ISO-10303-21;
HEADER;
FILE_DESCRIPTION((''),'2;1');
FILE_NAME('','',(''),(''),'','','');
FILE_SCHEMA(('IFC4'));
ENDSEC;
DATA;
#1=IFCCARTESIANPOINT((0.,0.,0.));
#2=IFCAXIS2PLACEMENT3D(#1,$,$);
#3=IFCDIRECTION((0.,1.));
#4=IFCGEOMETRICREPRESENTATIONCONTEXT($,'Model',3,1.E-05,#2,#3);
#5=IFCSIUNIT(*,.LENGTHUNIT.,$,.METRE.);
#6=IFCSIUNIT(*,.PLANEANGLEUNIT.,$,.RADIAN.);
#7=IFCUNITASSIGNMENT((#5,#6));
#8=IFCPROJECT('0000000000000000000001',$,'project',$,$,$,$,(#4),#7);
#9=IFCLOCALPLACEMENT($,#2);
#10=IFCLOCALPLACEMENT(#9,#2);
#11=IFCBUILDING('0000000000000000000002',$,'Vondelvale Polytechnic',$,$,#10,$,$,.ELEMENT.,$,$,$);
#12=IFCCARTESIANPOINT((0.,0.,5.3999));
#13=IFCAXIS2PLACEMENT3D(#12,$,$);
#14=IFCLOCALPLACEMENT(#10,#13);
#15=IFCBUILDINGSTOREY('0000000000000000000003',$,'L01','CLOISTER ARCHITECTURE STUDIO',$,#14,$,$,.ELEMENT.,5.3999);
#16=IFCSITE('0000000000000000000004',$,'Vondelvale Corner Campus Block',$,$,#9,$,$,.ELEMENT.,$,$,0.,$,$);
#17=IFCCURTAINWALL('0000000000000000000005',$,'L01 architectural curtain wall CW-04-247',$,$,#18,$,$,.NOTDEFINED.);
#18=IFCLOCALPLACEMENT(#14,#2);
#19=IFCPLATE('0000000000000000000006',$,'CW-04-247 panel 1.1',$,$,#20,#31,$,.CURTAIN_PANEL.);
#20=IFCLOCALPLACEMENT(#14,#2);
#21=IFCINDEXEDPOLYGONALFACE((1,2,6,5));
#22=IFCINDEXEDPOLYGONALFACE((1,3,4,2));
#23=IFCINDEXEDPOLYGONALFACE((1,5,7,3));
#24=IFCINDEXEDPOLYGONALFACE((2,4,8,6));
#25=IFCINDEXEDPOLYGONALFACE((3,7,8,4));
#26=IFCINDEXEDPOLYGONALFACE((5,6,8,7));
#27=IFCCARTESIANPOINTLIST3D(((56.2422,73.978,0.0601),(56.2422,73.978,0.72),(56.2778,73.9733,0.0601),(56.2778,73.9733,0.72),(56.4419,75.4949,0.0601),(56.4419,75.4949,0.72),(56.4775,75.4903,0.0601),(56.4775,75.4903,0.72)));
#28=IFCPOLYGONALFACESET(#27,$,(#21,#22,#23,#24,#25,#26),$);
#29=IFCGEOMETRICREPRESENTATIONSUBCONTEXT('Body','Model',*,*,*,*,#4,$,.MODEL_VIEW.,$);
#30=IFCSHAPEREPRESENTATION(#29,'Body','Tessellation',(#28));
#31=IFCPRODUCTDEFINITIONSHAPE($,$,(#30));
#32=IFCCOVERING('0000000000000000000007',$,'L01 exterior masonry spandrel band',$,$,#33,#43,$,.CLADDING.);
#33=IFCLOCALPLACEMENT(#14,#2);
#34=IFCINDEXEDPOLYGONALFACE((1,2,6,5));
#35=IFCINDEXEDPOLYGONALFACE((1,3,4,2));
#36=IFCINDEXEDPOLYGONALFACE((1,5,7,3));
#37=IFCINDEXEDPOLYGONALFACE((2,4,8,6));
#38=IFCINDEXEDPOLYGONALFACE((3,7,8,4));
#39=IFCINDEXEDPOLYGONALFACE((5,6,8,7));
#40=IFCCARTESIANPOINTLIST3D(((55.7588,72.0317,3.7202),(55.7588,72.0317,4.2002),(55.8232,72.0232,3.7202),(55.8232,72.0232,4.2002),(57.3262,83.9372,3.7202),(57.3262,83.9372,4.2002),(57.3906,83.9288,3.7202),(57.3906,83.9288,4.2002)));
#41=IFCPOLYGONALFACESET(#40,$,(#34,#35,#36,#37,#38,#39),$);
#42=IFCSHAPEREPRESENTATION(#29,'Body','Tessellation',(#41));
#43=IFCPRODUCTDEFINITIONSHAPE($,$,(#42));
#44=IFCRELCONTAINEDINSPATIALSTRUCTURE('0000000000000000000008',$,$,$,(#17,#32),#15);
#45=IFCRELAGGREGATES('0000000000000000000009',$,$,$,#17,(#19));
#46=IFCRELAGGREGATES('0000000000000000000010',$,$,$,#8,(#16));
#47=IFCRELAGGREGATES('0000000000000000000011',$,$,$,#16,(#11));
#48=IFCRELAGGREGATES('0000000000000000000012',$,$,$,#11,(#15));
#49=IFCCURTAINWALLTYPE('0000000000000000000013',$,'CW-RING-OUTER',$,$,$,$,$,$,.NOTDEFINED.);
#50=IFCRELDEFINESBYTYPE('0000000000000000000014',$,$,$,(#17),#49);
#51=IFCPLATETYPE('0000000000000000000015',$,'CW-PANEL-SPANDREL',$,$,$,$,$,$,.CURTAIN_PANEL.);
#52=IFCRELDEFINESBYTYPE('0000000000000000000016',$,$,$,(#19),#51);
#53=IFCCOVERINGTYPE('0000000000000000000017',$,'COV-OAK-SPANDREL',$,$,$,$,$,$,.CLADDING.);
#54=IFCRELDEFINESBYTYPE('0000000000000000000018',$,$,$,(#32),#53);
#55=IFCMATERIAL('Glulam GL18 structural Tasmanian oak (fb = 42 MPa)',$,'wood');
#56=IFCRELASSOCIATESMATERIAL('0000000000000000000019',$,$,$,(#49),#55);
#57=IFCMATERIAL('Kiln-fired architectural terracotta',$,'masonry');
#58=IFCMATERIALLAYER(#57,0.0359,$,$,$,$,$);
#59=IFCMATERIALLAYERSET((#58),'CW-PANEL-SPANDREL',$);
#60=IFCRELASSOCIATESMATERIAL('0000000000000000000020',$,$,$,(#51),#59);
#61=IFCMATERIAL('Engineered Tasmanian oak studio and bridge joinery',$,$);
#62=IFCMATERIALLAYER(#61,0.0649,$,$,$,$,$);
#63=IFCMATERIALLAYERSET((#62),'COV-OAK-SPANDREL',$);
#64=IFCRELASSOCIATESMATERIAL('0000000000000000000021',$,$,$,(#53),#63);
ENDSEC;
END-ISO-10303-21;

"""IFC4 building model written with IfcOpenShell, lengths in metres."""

from ifc_helpers import new_model, si_unit, direction, frame, origin, origin_2d, place, context, subcontext, project, spatial, rectangle, extrude, material, layer, layer_set, type_object, element, aggregate, save


model = new_model("IFC4")

# Units and contexts
model_context = context("Model", 3, precision=1e-05, world=origin(), true_north=direction((0.0, 1.0)))
body_context = subcontext(model_context, "Body", "Model", "MODEL_VIEW")
ifc_project = project(units=[si_unit("LENGTHUNIT", "METRE"), si_unit("PLANEANGLEUNIT", "RADIAN")], contexts=[model_context])

# Site, building, storey
site_placement = place(None, origin())
site = spatial("IfcSite", under=ifc_project, at=site_placement, Name="Vondelvale Corner Campus Block", CompositionType="ELEMENT", RefElevation=0.0)
building_placement = place(site_placement, origin())
building = spatial("IfcBuilding", under=site, at=building_placement, Name="Vondelvale Polytechnic", CompositionType="ELEMENT")
storey_placement = place(building_placement, frame((0.0, 0.0, 5.3999)))
storey = spatial("IfcBuildingStorey", under=building, at=storey_placement, Name="L01", Description="CLOISTER ARCHITECTURE STUDIO", CompositionType="ELEMENT", Elevation=5.3999)

# Shared definitions
ifc_material_1 = material(Name="Glulam GL18 structural Tasmanian oak (fb = 42 MPa)", Category="wood")

# Shared definitions
curtain_wall_type = type_object("IfcCurtainWallType", Name="CW-RING-OUTER", PredefinedType="NOTDEFINED", material=ifc_material_1)

# Curtain wall
curtain_wall_1_placement = place(storey_placement, origin())
curtain_wall_1 = element("IfcCurtainWall", 1, at=curtain_wall_1_placement, inside=storey, type_object=curtain_wall_type, Name="L01 architectural curtain wall CW-04-247", PredefinedType="NOTDEFINED")

# Plate
ifc_material_2 = material(Name="Engineered Tasmanian oak studio and bridge joinery")
ifc_material_3 = material(Name="Kiln-fired architectural terracotta", Category="masonry")
ifc_layer_1 = layer(ifc_material_3, 0.0359)
ifc_layer_set_1 = layer_set([ifc_layer_1], Name="CW-PANEL-SPANDREL")
plate_type_1 = type_object("IfcPlateType", Name="CW-PANEL-SPANDREL", PredefinedType="CURTAIN_PANEL", material=ifc_layer_set_1)
plate_1_placement = place(storey_placement, frame((56.3599, 74.7341, 0.0601), z_axis=(0.0, 0.0, 1.0), x_axis=(-0.13054, -0.991443, 0.0)))
plate_1 = element("IfcPlate", 2, at=plate_1_placement, type_object=plate_type_1, Name="CW-04-247 panel 1.1", PredefinedType="CURTAIN_PANEL", context=body_context, shape_type="SweptSolid", body=[
    extrude(rectangle(XDim=1.53, YDim=0.0359, at=origin_2d()), origin(), (0.0, 0.0, 1.0), 0.6599),
])
aggregate(curtain_wall_1, [plate_1])

# Covering
ifc_layer_2 = layer(ifc_material_2, 0.0649)
ifc_layer_set_2 = layer_set([ifc_layer_2], Name="COV-OAK-SPANDREL")
covering_type = type_object("IfcCoveringType", Name="COV-OAK-SPANDREL", PredefinedType="CLADDING", material=ifc_layer_set_2)
covering_placement = place(storey_placement, frame((56.5747, 77.9802, 3.7202), z_axis=(0.0, 0.0, 1.0), x_axis=(-0.130526, -0.991445, 0.0)))
element("IfcCovering", 3, at=covering_placement, inside=storey, type_object=covering_type, Name="L01 exterior masonry spandrel band", PredefinedType="CLADDING", context=body_context, shape_type="SweptSolid", body=[
    extrude(rectangle(XDim=12.0083, YDim=0.0649, at=origin_2d()), origin(), (0.0, 0.0, 1.0), 0.48),
])

save(model, "model.ifc")
